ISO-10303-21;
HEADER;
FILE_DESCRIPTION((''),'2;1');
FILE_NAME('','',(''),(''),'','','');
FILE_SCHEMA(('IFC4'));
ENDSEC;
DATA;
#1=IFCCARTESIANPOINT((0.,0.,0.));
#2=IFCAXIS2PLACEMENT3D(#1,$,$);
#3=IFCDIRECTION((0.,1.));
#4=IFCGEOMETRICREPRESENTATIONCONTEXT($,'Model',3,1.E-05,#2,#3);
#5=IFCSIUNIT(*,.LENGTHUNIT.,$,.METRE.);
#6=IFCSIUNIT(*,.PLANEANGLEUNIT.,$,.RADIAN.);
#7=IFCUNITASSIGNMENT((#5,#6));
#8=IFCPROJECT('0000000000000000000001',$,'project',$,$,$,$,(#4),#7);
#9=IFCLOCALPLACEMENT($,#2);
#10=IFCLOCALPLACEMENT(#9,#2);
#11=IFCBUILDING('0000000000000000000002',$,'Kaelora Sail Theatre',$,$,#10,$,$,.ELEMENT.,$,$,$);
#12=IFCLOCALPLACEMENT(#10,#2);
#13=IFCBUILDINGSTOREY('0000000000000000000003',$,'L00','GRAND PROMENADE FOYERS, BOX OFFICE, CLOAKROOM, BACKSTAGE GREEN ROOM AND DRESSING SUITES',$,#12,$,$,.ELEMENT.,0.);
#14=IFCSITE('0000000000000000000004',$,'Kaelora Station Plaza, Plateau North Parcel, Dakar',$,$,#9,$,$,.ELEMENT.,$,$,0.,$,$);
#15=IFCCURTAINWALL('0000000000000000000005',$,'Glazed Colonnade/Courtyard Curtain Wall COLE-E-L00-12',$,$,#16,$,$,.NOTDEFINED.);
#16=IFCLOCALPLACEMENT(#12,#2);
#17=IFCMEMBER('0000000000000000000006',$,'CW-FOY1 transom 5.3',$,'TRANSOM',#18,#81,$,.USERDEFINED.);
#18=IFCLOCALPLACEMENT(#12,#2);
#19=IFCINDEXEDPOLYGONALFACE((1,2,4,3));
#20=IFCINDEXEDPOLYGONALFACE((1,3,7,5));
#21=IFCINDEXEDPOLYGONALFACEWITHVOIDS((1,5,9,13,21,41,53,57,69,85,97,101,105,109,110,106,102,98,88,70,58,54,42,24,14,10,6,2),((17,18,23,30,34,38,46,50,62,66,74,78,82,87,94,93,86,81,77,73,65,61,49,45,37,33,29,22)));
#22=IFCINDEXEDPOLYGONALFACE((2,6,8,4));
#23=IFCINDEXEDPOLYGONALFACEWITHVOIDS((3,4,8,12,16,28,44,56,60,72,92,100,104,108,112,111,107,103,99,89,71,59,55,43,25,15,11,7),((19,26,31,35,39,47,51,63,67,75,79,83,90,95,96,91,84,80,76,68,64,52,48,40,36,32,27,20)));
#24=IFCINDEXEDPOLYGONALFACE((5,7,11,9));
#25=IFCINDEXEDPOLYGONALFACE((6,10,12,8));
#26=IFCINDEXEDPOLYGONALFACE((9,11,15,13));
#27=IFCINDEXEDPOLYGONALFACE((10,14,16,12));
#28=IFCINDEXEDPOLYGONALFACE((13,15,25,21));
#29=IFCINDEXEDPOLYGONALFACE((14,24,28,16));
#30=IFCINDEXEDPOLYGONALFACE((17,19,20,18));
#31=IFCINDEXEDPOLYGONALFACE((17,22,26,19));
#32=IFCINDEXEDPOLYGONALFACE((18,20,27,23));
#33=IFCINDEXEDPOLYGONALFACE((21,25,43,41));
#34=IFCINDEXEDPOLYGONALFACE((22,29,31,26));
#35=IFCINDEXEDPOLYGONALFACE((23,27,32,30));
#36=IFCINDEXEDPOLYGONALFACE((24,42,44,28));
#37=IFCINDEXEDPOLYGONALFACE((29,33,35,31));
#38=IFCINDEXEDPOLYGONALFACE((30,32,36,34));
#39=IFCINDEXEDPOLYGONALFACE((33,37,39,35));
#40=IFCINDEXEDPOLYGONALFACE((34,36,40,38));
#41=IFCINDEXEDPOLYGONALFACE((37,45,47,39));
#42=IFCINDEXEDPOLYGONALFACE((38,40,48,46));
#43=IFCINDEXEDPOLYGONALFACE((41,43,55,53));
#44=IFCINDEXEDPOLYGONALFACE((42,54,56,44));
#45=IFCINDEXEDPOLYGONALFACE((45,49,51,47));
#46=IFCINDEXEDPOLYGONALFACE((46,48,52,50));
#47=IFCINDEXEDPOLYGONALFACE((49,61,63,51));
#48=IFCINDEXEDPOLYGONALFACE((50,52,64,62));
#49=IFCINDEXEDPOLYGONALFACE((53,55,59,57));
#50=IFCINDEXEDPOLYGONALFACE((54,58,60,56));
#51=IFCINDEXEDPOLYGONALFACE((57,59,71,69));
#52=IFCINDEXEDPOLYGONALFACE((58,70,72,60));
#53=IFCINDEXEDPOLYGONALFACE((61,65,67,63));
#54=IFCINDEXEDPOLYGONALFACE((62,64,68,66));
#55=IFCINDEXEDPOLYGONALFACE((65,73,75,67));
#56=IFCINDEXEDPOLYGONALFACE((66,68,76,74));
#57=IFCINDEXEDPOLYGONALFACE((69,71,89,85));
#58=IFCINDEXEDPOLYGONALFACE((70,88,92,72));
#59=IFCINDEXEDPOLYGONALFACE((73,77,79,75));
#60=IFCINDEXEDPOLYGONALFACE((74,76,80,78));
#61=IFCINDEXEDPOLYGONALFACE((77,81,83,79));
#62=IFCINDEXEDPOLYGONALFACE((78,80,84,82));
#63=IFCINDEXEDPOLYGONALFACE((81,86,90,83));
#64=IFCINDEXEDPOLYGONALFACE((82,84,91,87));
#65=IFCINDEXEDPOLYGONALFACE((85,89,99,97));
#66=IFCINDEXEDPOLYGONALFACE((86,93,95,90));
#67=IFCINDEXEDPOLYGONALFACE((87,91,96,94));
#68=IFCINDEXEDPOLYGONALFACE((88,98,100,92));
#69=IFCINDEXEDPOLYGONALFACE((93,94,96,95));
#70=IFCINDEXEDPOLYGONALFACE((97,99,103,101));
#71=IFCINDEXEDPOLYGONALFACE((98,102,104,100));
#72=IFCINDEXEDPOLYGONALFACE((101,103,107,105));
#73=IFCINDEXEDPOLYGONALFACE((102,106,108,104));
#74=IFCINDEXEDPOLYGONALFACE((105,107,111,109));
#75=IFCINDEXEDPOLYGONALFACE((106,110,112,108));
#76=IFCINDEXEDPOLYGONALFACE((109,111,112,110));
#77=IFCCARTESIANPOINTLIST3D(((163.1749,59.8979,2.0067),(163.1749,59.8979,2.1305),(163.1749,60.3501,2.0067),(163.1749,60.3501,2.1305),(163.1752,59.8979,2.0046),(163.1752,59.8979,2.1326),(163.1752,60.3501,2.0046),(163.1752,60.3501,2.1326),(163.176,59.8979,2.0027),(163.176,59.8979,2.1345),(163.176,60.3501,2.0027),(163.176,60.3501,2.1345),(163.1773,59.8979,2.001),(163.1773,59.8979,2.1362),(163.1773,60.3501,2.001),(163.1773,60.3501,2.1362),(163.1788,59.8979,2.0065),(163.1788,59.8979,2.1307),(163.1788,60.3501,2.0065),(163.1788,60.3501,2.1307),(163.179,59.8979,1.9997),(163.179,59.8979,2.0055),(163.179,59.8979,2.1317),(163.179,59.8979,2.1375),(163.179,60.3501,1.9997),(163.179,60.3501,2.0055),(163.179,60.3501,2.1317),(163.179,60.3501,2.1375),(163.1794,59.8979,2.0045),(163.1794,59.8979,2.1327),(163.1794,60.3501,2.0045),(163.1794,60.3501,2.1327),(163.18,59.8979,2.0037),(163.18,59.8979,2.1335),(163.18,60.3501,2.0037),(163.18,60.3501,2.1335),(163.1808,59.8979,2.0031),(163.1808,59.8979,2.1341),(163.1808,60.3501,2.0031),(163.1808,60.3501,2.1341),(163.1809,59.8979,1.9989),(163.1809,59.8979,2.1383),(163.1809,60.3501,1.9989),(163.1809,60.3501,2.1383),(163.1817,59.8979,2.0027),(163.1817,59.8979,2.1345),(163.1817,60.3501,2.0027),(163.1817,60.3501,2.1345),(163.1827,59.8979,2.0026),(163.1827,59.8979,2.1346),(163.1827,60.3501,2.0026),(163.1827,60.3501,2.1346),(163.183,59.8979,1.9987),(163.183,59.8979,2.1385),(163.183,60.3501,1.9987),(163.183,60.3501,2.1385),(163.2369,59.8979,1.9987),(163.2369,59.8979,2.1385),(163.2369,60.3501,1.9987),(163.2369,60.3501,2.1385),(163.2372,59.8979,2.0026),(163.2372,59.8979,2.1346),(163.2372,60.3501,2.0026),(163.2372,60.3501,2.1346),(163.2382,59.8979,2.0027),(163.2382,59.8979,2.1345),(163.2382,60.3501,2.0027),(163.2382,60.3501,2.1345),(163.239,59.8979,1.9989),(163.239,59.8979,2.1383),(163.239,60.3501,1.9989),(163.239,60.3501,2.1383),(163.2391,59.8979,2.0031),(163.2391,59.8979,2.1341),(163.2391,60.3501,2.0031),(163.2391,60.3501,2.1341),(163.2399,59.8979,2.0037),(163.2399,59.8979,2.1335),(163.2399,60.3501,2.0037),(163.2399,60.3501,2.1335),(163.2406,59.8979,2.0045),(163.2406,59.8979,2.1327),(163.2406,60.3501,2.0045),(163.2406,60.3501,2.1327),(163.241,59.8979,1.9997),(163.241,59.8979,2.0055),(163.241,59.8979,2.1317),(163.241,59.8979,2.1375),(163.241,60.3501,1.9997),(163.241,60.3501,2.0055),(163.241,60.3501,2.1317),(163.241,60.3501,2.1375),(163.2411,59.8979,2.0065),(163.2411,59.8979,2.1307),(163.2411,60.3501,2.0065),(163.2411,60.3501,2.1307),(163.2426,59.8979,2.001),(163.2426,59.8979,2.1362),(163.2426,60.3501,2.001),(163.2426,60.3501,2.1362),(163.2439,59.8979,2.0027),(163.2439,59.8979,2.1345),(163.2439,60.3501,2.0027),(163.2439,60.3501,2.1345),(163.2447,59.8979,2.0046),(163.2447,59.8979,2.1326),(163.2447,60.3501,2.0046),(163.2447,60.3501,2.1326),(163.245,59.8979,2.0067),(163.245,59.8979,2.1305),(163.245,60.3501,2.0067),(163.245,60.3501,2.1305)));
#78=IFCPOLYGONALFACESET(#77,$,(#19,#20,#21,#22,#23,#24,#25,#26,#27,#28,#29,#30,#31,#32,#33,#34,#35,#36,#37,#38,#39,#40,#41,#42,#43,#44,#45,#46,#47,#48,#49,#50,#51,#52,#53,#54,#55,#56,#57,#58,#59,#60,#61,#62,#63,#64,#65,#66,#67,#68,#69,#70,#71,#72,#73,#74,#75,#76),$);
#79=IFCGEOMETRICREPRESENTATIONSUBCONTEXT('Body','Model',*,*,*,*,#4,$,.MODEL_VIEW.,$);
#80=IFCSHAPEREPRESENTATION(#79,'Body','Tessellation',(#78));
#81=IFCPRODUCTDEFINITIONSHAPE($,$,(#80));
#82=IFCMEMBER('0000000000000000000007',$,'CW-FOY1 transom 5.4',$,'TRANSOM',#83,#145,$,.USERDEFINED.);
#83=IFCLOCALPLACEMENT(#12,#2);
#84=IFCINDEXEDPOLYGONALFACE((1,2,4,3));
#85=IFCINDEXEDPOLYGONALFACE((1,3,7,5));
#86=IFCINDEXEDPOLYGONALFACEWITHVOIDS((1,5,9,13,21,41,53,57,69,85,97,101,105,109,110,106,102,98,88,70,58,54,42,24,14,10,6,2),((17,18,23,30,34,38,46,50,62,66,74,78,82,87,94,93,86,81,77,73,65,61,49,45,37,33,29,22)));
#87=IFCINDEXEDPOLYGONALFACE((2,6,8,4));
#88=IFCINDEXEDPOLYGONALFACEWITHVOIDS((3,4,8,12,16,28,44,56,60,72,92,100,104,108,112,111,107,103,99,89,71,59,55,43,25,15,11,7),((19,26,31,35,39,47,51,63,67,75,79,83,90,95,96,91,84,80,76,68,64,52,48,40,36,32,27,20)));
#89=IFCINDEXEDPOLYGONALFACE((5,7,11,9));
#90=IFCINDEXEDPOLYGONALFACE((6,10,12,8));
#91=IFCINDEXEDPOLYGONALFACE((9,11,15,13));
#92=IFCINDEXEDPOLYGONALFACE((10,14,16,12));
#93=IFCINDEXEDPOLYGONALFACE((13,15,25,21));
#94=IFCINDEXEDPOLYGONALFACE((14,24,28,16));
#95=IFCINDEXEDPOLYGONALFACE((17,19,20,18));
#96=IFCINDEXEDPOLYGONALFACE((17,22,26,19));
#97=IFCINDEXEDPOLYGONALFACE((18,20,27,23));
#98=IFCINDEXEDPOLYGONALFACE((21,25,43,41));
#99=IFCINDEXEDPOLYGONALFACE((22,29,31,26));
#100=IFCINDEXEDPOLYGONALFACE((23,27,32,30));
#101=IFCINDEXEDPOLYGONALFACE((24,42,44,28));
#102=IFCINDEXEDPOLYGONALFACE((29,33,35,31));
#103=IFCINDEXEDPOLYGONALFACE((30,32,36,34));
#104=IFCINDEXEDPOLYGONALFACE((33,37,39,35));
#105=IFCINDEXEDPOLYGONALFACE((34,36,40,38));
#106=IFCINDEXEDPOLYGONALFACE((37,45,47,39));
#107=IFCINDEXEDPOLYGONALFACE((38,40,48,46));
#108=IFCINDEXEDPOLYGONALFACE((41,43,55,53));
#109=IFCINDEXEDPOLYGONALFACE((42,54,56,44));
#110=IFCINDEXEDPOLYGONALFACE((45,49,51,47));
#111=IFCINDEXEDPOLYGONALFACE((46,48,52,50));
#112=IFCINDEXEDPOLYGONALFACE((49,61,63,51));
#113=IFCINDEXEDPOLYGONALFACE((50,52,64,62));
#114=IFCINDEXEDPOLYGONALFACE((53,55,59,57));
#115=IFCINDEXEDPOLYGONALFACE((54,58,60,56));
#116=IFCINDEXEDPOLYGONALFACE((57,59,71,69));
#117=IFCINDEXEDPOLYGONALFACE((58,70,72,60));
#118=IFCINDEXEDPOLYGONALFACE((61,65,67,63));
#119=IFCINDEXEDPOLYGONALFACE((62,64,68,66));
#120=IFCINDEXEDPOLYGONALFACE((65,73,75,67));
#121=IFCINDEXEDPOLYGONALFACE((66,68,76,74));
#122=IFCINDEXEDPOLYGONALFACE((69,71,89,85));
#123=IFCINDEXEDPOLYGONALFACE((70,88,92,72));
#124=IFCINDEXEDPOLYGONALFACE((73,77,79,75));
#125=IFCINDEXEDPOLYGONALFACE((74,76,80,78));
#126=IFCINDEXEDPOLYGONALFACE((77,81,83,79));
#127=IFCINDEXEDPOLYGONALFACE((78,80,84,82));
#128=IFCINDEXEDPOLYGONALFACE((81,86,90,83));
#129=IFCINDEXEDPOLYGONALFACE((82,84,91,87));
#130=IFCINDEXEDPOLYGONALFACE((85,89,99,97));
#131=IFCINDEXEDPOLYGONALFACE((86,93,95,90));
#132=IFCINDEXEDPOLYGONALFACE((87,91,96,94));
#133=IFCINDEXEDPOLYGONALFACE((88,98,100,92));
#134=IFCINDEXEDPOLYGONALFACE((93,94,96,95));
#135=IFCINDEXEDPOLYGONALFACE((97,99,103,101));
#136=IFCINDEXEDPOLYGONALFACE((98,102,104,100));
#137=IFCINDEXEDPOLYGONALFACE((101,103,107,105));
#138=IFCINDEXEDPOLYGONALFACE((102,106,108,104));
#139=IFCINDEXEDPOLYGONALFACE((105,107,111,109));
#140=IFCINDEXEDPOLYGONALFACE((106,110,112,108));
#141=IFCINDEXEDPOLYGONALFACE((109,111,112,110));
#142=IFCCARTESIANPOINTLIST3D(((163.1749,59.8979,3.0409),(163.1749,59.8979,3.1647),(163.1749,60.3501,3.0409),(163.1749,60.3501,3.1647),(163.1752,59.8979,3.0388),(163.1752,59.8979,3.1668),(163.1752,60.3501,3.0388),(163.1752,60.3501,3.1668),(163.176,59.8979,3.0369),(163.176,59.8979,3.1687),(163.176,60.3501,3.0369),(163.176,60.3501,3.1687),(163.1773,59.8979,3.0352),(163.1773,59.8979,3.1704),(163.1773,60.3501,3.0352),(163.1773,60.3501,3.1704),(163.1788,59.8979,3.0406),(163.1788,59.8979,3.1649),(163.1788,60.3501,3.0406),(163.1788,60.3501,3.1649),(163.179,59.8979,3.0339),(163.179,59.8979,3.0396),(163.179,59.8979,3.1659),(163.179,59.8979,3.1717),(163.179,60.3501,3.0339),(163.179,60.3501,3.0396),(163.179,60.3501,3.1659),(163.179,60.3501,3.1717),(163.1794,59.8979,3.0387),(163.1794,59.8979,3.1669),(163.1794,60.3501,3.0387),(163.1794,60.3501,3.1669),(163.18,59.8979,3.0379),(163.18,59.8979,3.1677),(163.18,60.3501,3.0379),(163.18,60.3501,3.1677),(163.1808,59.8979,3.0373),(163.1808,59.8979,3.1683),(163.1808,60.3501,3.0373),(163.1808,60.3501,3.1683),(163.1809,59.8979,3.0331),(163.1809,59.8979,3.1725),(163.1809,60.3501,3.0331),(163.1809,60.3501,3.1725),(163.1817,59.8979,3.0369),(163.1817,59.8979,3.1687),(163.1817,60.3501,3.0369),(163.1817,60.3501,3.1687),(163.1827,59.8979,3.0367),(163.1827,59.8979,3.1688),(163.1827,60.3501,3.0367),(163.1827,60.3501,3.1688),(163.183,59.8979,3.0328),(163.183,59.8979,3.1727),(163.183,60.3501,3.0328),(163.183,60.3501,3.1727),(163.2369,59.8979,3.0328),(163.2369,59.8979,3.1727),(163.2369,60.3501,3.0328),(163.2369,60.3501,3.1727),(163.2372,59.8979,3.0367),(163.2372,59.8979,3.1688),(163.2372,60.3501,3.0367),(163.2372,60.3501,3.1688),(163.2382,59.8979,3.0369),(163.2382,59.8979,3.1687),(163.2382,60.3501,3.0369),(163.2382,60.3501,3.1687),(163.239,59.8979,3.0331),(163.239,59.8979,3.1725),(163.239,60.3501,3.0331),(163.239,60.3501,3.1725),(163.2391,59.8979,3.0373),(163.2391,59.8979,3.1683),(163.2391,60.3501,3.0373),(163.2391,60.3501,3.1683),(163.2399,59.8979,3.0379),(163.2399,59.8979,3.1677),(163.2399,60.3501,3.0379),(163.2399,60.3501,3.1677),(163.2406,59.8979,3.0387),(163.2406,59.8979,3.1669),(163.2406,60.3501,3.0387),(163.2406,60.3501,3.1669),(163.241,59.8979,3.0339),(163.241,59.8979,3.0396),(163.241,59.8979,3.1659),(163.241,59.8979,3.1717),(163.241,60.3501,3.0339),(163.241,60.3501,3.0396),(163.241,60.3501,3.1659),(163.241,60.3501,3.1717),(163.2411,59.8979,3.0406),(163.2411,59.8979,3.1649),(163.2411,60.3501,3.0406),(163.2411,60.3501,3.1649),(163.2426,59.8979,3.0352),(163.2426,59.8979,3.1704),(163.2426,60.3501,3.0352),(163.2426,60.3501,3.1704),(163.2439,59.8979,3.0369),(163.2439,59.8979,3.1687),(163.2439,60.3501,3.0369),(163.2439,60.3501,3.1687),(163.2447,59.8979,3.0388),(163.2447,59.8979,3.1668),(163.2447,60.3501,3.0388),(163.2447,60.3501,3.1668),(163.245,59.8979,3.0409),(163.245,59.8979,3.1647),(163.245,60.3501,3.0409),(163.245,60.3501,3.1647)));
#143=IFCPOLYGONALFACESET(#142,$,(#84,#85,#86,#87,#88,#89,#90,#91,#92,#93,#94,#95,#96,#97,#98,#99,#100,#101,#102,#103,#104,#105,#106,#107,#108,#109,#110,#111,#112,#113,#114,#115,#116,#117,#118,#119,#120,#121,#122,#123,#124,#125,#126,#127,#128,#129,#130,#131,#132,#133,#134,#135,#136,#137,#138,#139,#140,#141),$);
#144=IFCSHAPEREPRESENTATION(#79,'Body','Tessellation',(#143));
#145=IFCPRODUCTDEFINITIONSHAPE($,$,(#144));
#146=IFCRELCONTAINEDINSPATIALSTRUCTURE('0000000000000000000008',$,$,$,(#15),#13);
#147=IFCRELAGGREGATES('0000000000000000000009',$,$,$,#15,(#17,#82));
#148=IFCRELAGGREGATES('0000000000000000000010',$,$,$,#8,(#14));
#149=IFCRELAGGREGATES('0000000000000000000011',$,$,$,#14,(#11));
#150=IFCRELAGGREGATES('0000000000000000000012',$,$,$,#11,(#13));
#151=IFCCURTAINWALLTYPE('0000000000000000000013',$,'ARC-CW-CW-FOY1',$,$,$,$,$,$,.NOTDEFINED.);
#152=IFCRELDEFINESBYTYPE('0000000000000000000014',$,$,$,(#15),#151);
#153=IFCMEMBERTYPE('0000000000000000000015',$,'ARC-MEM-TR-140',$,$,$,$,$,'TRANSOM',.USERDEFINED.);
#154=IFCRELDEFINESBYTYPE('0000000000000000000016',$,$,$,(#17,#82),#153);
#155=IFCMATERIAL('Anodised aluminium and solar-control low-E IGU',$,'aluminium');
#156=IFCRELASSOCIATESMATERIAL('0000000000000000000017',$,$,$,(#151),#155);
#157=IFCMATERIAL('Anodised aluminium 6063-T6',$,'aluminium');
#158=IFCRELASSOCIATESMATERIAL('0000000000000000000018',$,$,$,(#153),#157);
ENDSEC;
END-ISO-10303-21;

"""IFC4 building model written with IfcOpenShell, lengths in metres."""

from ifc_helpers import new_model, si_unit, direction, frame, origin, origin_2d, place, context, subcontext, project, spatial, hollow_rectangle, extrude, material, material_profile, profile_set, type_object, element, aggregate, save


model = new_model("IFC4")

# Units and contexts
model_context = context("Model", 3, precision=1e-05, world=origin(), true_north=direction((0.0, 1.0)))
body_context = subcontext(model_context, "Body", "Model", "MODEL_VIEW")
ifc_project = project(units=[si_unit("LENGTHUNIT", "METRE"), si_unit("PLANEANGLEUNIT", "RADIAN")], contexts=[model_context])

# Site, building, storey
site_placement = place(None, origin())
site = spatial("IfcSite", under=ifc_project, at=site_placement, Name="Kaelora Station Plaza, Plateau North Parcel, Dakar", CompositionType="ELEMENT", RefElevation=0.0)
building_placement = place(site_placement, origin())
building = spatial("IfcBuilding", under=site, at=building_placement, Name="Kaelora Sail Theatre", CompositionType="ELEMENT")
storey_placement = place(building_placement, origin())
storey = spatial("IfcBuildingStorey", under=building, at=storey_placement, Name="L00", Description="GRAND PROMENADE FOYERS, BOX OFFICE, CLOAKROOM, BACKSTAGE GREEN ROOM AND DRESSING SUITES", CompositionType="ELEMENT", Elevation=0.0)

# Curtain wall, members
ifc_material_1 = material(Name="Anodised aluminium and solar-control low-E IGU", Category="aluminium")
curtain_wall_type = type_object("IfcCurtainWallType", Name="ARC-CW-CW-FOY1", PredefinedType="NOTDEFINED", material=ifc_material_1)
curtain_wall_placement = place(storey_placement, origin())
curtain_wall = element("IfcCurtainWall", 1, at=curtain_wall_placement, inside=storey, type_object=curtain_wall_type, Name="Glazed Colonnade/Courtyard Curtain Wall COLE-E-L00-12", PredefinedType="NOTDEFINED")
ifc_material_2 = material(Name="Anodised aluminium 6063-T6", Category="aluminium")
ifc_material_profile_1 = material_profile(ifc_material_2, hollow_rectangle(XDim=0.0701, YDim=0.1399, WallThickness=0.0039, InnerFilletRadius=0.0039, OuterFilletRadius=0.0081, at=origin_2d()), Name="ALU-TRAN 70x140x4")
ifc_profile_set_1 = profile_set([ifc_material_profile_1], Name="Anodised aluminium 6063-T6")
member_type = type_object("IfcMemberType", Name="ARC-MEM-TR-140", ElementType="TRANSOM", PredefinedType="USERDEFINED", material=ifc_profile_set_1)
member_1_placement = place(storey_placement, frame((163.21, 59.8979, 2.0686), z_axis=(0.0, 1.0, 0.0), x_axis=(-1.0, 0.0, 0.0)))
member_1 = element("IfcMember", 2, at=member_1_placement, type_object=member_type, Name="CW-FOY1 transom 5.3", ObjectType="TRANSOM", PredefinedType="USERDEFINED", context=body_context, shape_type="SweptSolid", body=[
    extrude(hollow_rectangle(XDim=0.0701, YDim=0.1399, WallThickness=0.0039, InnerFilletRadius=0.0039, OuterFilletRadius=0.0081, at=origin_2d()), origin(), (0.0, 0.0, 1.0), 0.4521),
])
member_2_placement = place(storey_placement, frame((163.21, 59.8979, 3.1028), z_axis=(0.0, 1.0, 0.0), x_axis=(-1.0, 0.0, 0.0)))
member_2 = element("IfcMember", 3, at=member_2_placement, type_object=member_type, Name="CW-FOY1 transom 5.4", ObjectType="TRANSOM", PredefinedType="USERDEFINED", context=body_context, shape_type="SweptSolid", body=[
    extrude(hollow_rectangle(XDim=0.0701, YDim=0.1399, WallThickness=0.0039, InnerFilletRadius=0.0039, OuterFilletRadius=0.0081, at=origin_2d()), origin(), (0.0, 0.0, 1.0), 0.4521),
])

aggregate(curtain_wall, [member_1, member_2])

save(model, "model.ifc")
